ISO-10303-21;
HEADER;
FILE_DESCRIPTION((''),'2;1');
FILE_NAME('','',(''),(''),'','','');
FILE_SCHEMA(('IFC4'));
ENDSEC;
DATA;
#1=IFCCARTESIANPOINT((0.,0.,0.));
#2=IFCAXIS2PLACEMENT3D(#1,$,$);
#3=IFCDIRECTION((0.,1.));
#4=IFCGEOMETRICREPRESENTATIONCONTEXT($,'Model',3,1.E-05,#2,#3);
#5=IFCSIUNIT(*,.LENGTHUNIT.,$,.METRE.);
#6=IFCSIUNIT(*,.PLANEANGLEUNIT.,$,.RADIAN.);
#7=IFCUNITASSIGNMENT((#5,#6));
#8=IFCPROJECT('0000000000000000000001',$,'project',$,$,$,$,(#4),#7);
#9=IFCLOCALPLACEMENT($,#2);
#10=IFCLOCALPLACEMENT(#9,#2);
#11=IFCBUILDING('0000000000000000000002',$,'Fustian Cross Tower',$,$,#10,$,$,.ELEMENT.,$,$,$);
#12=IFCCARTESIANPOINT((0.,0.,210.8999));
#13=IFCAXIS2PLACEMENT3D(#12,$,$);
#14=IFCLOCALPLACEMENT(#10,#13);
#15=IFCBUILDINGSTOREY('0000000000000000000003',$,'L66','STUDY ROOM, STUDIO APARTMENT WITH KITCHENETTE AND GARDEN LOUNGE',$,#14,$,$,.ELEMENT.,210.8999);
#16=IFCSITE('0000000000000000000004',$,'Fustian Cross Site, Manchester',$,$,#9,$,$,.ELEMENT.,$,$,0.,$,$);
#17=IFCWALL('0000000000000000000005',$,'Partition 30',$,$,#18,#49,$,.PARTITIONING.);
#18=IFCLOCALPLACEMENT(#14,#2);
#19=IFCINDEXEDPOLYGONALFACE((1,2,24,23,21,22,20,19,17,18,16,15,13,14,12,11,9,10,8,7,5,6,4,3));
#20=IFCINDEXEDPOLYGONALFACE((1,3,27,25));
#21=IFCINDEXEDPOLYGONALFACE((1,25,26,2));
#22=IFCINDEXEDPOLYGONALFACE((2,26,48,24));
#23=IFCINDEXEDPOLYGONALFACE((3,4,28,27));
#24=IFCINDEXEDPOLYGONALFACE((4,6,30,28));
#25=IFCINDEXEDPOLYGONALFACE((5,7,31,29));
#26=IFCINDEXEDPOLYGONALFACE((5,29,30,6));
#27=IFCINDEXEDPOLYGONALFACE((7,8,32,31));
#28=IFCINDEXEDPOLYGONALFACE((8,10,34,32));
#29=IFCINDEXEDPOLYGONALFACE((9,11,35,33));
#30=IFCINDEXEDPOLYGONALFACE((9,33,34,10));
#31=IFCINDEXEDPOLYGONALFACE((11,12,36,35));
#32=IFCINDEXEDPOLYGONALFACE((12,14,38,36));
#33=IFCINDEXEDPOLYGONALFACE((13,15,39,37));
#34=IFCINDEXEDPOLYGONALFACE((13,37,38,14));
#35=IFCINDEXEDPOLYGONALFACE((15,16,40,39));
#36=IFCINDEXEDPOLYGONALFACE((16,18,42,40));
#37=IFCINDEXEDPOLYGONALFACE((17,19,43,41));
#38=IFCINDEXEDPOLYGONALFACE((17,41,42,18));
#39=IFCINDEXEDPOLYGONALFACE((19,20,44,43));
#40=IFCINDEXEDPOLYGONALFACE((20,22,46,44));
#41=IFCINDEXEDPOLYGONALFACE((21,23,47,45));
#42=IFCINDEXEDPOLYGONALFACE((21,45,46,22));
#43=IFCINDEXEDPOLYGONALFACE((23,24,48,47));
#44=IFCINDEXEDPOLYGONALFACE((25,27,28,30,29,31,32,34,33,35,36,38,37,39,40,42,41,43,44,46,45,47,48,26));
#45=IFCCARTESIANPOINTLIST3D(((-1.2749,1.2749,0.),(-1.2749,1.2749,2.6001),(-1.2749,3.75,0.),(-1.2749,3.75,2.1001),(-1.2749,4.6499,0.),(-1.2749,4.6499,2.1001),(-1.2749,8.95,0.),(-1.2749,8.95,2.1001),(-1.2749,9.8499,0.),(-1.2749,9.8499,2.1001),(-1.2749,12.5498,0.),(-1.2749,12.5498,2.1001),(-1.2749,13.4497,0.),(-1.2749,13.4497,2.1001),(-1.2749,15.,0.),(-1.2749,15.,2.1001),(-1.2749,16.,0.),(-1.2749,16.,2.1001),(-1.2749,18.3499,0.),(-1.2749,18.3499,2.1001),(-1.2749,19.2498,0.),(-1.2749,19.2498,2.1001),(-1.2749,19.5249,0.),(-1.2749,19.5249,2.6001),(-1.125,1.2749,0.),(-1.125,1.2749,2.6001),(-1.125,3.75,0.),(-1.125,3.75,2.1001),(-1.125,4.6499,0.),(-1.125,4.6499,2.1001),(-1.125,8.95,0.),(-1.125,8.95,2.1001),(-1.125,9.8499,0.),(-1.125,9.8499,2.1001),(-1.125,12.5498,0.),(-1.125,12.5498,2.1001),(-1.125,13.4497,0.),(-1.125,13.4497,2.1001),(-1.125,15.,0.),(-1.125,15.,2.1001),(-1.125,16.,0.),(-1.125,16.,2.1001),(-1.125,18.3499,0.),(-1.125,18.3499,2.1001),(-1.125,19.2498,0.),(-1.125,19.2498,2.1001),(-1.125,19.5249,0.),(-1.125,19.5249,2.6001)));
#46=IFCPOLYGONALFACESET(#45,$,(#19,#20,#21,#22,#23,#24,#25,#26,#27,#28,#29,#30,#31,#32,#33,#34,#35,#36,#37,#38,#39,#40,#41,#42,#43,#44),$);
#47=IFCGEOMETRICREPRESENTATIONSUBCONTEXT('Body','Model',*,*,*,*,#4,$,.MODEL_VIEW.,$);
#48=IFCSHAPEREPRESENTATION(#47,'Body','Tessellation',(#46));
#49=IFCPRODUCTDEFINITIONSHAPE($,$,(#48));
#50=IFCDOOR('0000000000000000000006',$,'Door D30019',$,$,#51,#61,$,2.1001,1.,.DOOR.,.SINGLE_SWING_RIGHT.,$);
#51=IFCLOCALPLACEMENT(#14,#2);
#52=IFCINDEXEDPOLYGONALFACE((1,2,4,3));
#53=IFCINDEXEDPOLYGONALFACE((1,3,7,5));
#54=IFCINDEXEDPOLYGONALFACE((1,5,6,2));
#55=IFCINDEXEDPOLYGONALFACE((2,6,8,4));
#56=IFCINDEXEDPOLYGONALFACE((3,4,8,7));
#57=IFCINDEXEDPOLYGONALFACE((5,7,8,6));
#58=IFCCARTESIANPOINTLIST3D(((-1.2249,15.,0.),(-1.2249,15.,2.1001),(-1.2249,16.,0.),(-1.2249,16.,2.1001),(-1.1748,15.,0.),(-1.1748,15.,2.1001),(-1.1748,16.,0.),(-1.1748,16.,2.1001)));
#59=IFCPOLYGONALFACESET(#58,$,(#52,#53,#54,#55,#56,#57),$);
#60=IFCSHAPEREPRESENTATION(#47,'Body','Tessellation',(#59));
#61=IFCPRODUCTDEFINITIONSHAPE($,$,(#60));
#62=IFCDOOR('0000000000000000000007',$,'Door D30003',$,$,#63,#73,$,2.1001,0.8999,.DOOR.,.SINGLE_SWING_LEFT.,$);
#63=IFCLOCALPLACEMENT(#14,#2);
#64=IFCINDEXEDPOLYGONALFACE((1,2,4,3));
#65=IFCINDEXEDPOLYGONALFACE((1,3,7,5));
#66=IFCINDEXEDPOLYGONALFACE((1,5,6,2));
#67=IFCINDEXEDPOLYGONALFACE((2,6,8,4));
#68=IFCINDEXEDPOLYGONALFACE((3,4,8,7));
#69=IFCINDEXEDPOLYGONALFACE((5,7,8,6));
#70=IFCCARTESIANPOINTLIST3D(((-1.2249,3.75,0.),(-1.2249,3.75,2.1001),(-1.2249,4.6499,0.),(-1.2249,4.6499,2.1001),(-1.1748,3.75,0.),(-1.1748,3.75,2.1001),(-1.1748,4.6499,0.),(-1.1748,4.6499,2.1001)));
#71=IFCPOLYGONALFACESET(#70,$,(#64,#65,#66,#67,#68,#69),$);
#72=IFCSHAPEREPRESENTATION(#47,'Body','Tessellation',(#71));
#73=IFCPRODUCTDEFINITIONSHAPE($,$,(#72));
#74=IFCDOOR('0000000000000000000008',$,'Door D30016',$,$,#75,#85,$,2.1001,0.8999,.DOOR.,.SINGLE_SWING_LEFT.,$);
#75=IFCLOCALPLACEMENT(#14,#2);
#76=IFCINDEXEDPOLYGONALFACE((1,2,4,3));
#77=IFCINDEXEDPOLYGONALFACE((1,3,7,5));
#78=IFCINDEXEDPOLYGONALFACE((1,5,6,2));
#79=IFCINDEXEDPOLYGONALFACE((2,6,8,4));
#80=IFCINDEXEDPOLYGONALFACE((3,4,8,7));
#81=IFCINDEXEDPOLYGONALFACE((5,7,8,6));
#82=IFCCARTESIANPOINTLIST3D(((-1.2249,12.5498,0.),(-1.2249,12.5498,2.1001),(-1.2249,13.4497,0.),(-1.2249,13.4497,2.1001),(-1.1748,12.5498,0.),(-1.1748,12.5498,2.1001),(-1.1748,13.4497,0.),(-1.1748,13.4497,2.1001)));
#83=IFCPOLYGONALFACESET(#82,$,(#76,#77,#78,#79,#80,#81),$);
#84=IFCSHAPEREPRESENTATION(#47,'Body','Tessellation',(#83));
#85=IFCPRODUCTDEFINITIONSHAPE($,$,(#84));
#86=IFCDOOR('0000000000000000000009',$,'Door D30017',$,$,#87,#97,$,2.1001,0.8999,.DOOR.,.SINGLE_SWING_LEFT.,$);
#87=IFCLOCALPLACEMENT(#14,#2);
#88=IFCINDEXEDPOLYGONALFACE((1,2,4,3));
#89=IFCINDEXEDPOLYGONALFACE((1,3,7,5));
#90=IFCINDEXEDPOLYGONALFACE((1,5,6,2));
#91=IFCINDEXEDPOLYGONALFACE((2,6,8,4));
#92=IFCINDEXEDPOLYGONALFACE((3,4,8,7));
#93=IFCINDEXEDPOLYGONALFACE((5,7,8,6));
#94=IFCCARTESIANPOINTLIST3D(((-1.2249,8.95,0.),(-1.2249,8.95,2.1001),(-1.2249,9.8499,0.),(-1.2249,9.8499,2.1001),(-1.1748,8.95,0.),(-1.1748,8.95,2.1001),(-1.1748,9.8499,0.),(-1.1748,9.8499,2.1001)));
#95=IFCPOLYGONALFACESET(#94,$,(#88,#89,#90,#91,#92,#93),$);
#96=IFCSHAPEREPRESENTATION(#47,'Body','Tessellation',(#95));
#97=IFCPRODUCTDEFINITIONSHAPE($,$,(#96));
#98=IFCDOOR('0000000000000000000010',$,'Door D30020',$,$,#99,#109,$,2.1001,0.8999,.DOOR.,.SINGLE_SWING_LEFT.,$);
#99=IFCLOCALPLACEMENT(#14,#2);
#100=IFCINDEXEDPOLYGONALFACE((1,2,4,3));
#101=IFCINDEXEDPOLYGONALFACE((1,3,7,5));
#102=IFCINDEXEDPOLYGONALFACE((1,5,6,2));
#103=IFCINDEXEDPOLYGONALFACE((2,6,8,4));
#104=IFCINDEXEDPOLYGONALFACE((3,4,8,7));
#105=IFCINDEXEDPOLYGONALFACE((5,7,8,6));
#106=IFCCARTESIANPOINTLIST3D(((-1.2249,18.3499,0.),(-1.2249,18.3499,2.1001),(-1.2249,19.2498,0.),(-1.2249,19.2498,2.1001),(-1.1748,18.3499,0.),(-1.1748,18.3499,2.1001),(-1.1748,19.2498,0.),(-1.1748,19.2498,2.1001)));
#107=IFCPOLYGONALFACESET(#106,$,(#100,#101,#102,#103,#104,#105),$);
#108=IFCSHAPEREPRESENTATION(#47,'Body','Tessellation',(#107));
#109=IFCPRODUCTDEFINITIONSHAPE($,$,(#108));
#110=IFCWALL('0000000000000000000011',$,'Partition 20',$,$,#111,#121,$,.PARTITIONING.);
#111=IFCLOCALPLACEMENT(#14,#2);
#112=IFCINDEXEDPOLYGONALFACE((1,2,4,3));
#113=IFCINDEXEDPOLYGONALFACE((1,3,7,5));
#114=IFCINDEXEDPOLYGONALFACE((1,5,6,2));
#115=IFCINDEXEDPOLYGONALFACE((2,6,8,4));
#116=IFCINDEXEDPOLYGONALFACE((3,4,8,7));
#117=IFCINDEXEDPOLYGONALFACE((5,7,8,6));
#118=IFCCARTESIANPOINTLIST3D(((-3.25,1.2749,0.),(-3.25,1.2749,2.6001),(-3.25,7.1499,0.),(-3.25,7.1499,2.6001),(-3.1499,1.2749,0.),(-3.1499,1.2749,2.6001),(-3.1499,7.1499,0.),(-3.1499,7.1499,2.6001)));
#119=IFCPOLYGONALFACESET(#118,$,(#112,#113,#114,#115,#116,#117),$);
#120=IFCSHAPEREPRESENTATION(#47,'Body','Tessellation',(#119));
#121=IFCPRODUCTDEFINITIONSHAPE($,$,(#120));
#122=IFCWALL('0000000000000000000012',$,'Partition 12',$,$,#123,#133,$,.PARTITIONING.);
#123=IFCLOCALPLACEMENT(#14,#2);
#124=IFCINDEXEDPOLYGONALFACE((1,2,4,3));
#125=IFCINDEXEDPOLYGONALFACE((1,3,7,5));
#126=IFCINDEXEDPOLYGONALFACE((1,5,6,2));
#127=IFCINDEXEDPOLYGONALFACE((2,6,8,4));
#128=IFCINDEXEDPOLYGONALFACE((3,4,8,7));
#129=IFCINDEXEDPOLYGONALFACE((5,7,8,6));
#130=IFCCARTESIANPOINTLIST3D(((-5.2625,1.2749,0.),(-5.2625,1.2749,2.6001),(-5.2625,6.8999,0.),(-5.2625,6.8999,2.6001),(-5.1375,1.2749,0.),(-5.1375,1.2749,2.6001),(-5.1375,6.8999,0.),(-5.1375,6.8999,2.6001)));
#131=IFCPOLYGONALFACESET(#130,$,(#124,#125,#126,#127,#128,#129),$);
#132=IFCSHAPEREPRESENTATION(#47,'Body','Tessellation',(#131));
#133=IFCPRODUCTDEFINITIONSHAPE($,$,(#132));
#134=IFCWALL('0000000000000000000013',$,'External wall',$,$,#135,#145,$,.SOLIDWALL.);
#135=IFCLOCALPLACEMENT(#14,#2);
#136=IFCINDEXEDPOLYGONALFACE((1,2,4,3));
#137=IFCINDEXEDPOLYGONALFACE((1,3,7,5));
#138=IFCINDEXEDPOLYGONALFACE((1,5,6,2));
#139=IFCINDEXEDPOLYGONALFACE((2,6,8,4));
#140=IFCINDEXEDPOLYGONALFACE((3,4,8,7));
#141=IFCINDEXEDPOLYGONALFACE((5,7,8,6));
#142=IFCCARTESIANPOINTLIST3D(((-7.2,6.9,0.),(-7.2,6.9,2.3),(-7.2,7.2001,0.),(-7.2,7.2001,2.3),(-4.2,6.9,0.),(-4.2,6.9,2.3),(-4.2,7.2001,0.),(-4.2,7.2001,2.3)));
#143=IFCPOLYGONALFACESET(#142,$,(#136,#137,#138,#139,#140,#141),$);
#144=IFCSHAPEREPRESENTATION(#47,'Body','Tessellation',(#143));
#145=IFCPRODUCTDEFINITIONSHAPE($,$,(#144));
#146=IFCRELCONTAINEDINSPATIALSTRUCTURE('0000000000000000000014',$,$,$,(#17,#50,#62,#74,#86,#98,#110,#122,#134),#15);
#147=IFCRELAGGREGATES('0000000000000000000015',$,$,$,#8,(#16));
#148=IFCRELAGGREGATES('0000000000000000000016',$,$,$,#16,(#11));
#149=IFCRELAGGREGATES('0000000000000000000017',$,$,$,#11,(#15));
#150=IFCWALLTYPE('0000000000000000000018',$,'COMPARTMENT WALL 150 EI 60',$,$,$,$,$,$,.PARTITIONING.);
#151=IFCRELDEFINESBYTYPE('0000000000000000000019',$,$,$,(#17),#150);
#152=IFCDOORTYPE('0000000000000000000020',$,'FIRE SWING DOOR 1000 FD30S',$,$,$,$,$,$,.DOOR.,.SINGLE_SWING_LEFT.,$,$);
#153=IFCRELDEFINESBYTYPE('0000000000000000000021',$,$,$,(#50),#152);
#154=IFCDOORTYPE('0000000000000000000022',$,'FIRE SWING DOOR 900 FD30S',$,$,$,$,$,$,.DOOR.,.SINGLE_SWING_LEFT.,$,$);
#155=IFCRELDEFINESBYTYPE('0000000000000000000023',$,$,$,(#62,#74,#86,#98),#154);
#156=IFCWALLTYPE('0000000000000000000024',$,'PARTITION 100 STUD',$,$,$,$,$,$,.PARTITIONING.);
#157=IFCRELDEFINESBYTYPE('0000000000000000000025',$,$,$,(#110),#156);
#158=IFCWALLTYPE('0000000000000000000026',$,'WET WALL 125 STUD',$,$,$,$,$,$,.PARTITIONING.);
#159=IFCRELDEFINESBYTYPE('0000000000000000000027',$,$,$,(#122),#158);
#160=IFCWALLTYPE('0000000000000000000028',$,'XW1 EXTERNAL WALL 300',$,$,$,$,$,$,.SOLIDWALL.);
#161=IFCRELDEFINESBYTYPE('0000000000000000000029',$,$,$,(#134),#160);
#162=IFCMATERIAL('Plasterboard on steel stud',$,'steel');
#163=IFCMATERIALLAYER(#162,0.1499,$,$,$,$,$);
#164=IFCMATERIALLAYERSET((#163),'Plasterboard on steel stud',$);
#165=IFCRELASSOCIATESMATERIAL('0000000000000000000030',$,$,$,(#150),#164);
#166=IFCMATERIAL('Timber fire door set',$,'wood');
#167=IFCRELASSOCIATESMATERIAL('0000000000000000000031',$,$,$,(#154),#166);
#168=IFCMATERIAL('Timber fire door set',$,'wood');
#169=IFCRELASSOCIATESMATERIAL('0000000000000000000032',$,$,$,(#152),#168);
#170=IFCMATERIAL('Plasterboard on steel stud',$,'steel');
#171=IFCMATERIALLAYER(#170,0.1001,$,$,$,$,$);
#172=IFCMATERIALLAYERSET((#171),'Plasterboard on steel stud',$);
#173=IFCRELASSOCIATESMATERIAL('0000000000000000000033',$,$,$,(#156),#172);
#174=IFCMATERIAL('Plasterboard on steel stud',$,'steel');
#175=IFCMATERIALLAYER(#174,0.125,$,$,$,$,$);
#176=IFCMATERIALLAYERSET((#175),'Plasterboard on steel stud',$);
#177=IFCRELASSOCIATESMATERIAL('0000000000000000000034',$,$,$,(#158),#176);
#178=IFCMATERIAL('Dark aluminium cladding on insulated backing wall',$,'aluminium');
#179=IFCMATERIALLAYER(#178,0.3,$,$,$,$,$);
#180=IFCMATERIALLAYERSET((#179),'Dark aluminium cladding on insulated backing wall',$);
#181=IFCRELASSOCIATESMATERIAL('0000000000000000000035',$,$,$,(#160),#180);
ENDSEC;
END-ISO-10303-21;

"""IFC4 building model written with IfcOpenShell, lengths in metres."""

from ifc_helpers import new_model, si_unit, direction, frame, frame_2d, origin, place, context, subcontext, project, spatial, rectangle, extrude, material, layer, layer_set, type_object, element, fill, save


model = new_model("IFC4")

# Units and contexts
model_context = context("Model", 3, precision=1e-05, world=origin(), true_north=direction((0.0, 1.0)))
body_context = subcontext(model_context, "Body", "Model", "MODEL_VIEW")
ifc_project = project(units=[si_unit("LENGTHUNIT", "METRE"), si_unit("PLANEANGLEUNIT", "RADIAN")], contexts=[model_context])

# Site, building, storey
site_placement = place(None, origin())
site = spatial("IfcSite", under=ifc_project, at=site_placement, Name="Fustian Cross Site, Manchester", CompositionType="ELEMENT", RefElevation=0.0)
building_placement = place(site_placement, origin())
building = spatial("IfcBuilding", under=site, at=building_placement, Name="Fustian Cross Tower", CompositionType="ELEMENT")
storey_placement = place(building_placement, frame((0.0, 0.0, 210.8999)))
storey = spatial("IfcBuildingStorey", under=building, at=storey_placement, Name="L66", Description="STUDY ROOM, STUDIO APARTMENT WITH KITCHENETTE AND GARDEN LOUNGE", CompositionType="ELEMENT", Elevation=210.8999)

# Wall, openings, doors
ifc_material_1 = material(Name="Plasterboard on steel stud", Category="steel")
ifc_layer_1 = layer(ifc_material_1, 0.1499)
ifc_layer_set_1 = layer_set([ifc_layer_1], Name="Plasterboard on steel stud")
wall_type_1 = type_object("IfcWallType", Name="COMPARTMENT WALL 150 EI 60", PredefinedType="PARTITIONING", material=ifc_layer_set_1)
ifc_material_2 = material(Name="Timber fire door set", Category="wood")
door_type_1 = type_object("IfcDoorType", Name="FIRE SWING DOOR 900 FD30S", OperationType="SINGLE_SWING_LEFT", PredefinedType="DOOR", material=ifc_material_2)
wall_1_placement = place(storey_placement, frame((-1.2, 1.2749, 0.0), z_axis=(0.0, 0.0, 1.0), x_axis=(0.0, 1.0, 0.0)))
wall_1 = element("IfcWall", 1, at=wall_1_placement, inside=storey, type_object=wall_type_1, Name="Partition 30", PredefinedType="PARTITIONING", context=body_context, shape_type="SweptSolid", body=[
    extrude(rectangle(XDim=18.25, YDim=0.1499, at=frame_2d((9.125, 0.0))), origin(), (0.0, 0.0, 1.0), 2.6001),
])
opening_1_placement = place(wall_1_placement, frame((2.4751, 0.0, 0.0)))
opening_1 = element("IfcOpeningElement", 2, at=opening_1_placement, cuts=wall_1, PredefinedType="OPENING", context=body_context, shape_type="SweptSolid", body=[
    extrude(rectangle(XDim=0.8999, YDim=2.1001, at=frame_2d((0.45, 1.05))), frame((0.0, 0.085, 0.0), z_axis=(0.0, -1.0, 0.0), x_axis=(1.0, 0.0, 0.0)), (0.0, 0.0, 1.0), 0.1699),
])
opening_2_placement = place(wall_1_placement, frame((11.2749, 0.0, 0.0)))
opening_2 = element("IfcOpeningElement", 3, at=opening_2_placement, cuts=wall_1, PredefinedType="OPENING", context=body_context, shape_type="SweptSolid", body=[
    extrude(rectangle(XDim=0.8999, YDim=2.1001, at=frame_2d((0.45, 1.05))), frame((0.0, 0.085, 0.0), z_axis=(0.0, -1.0, 0.0), x_axis=(1.0, 0.0, 0.0)), (0.0, 0.0, 1.0), 0.1699),
])
opening_3_placement = place(wall_1_placement, frame((7.675, 0.0, 0.0)))
opening_3 = element("IfcOpeningElement", 4, at=opening_3_placement, cuts=wall_1, PredefinedType="OPENING", context=body_context, shape_type="SweptSolid", body=[
    extrude(rectangle(XDim=0.8999, YDim=2.1001, at=frame_2d((0.45, 1.05))), frame((0.0, 0.085, 0.0), z_axis=(0.0, -1.0, 0.0), x_axis=(1.0, 0.0, 0.0)), (0.0, 0.0, 1.0), 0.1699),
])
opening_4_placement = place(wall_1_placement, frame((13.7251, 0.0, 0.0)))
opening_4 = element("IfcOpeningElement", 5, at=opening_4_placement, cuts=wall_1, PredefinedType="OPENING", context=body_context, shape_type="SweptSolid", body=[
    extrude(rectangle(XDim=1.0, YDim=2.1001, at=frame_2d((0.5, 1.05))), frame((0.0, 0.085, 0.0), z_axis=(0.0, -1.0, 0.0), x_axis=(1.0, 0.0, 0.0)), (0.0, 0.0, 1.0), 0.1699),
])
opening_5_placement = place(wall_1_placement, frame((17.075, 0.0, 0.0)))
opening_5 = element("IfcOpeningElement", 6, at=opening_5_placement, cuts=wall_1, PredefinedType="OPENING", context=body_context, shape_type="SweptSolid", body=[
    extrude(rectangle(XDim=0.8999, YDim=2.1001, at=frame_2d((0.45, 1.05))), frame((0.0, 0.085, 0.0), z_axis=(0.0, -1.0, 0.0), x_axis=(1.0, 0.0, 0.0)), (0.0, 0.0, 1.0), 0.1699),
])
ifc_material_3 = material(Name="Timber fire door set", Category="wood")
door_type_2 = type_object("IfcDoorType", Name="FIRE SWING DOOR 1000 FD30S", OperationType="SINGLE_SWING_LEFT", PredefinedType="DOOR", material=ifc_material_3)
door_1_placement = place(opening_4_placement, origin())
door_1 = element("IfcDoor", 7, at=door_1_placement, inside=storey, type_object=door_type_2, Name="Door D30019", OperationType="SINGLE_SWING_RIGHT", OverallHeight=2.1001, OverallWidth=1.0, PredefinedType="DOOR", context=body_context, shape_type="SweptSolid", body=[
    extrude(rectangle(XDim=1.0, YDim=2.1001, at=frame_2d((0.5, 1.05))), frame((0.0, 0.0249, 0.0), z_axis=(0.0, -1.0, 0.0), x_axis=(1.0, 0.0, 0.0)), (0.0, 0.0, 1.0), 0.05),
])
fill(opening_4, door_1)
door_2_placement = place(opening_1_placement, origin())
door_2 = element("IfcDoor", 8, at=door_2_placement, inside=storey, type_object=door_type_1, Name="Door D30003", OperationType="SINGLE_SWING_LEFT", OverallHeight=2.1001, OverallWidth=0.8999, PredefinedType="DOOR", context=body_context, shape_type="SweptSolid", body=[
    extrude(rectangle(XDim=0.8999, YDim=2.1001, at=frame_2d((0.45, 1.05))), frame((0.0, 0.0249, 0.0), z_axis=(0.0, -1.0, 0.0), x_axis=(1.0, 0.0, 0.0)), (0.0, 0.0, 1.0), 0.05),
])
fill(opening_1, door_2)
door_3_placement = place(opening_2_placement, origin())
door_3 = element("IfcDoor", 9, at=door_3_placement, inside=storey, type_object=door_type_1, Name="Door D30016", OperationType="SINGLE_SWING_LEFT", OverallHeight=2.1001, OverallWidth=0.8999, PredefinedType="DOOR", context=body_context, shape_type="SweptSolid", body=[
    extrude(rectangle(XDim=0.8999, YDim=2.1001, at=frame_2d((0.45, 1.05))), frame((0.0, 0.0249, 0.0), z_axis=(0.0, -1.0, 0.0), x_axis=(1.0, 0.0, 0.0)), (0.0, 0.0, 1.0), 0.05),
])
fill(opening_2, door_3)
door_4_placement = place(opening_3_placement, origin())
door_4 = element("IfcDoor", 10, at=door_4_placement, inside=storey, type_object=door_type_1, Name="Door D30017", OperationType="SINGLE_SWING_LEFT", OverallHeight=2.1001, OverallWidth=0.8999, PredefinedType="DOOR", context=body_context, shape_type="SweptSolid", body=[
    extrude(rectangle(XDim=0.8999, YDim=2.1001, at=frame_2d((0.45, 1.05))), frame((0.0, 0.0249, 0.0), z_axis=(0.0, -1.0, 0.0), x_axis=(1.0, 0.0, 0.0)), (0.0, 0.0, 1.0), 0.05),
])
fill(opening_3, door_4)
door_5_placement = place(opening_5_placement, origin())
door_5 = element("IfcDoor", 11, at=door_5_placement, inside=storey, type_object=door_type_1, Name="Door D30020", OperationType="SINGLE_SWING_LEFT", OverallHeight=2.1001, OverallWidth=0.8999, PredefinedType="DOOR", context=body_context, shape_type="SweptSolid", body=[
    extrude(rectangle(XDim=0.8999, YDim=2.1001, at=frame_2d((0.45, 1.05))), frame((0.0, 0.0249, 0.0), z_axis=(0.0, -1.0, 0.0), x_axis=(1.0, 0.0, 0.0)), (0.0, 0.0, 1.0), 0.05),
])
fill(opening_5, door_5)

# Walls
ifc_material_4 = material(Name="Plasterboard on steel stud", Category="steel")
ifc_layer_2 = layer(ifc_material_4, 0.1001)
ifc_layer_set_2 = layer_set([ifc_layer_2], Name="Plasterboard on steel stud")
wall_type_2 = type_object("IfcWallType", Name="PARTITION 100 STUD", PredefinedType="PARTITIONING", material=ifc_layer_set_2)
wall_2_placement = place(storey_placement, frame((-3.2, 1.2749, 0.0), z_axis=(0.0, 0.0, 1.0), x_axis=(0.0, 1.0, 0.0)))
element("IfcWall", 12, at=wall_2_placement, inside=storey, type_object=wall_type_2, Name="Partition 20", PredefinedType="PARTITIONING", context=body_context, shape_type="SweptSolid", body=[
    extrude(rectangle(XDim=5.875, YDim=0.1001, at=frame_2d((2.9375, 0.0))), origin(), (0.0, 0.0, 1.0), 2.6001),
])
ifc_material_5 = material(Name="Plasterboard on steel stud", Category="steel")
ifc_layer_3 = layer(ifc_material_5, 0.125)
ifc_layer_set_3 = layer_set([ifc_layer_3], Name="Plasterboard on steel stud")
wall_type_3 = type_object("IfcWallType", Name="WET WALL 125 STUD", PredefinedType="PARTITIONING", material=ifc_layer_set_3)
wall_3_placement = place(storey_placement, frame((-5.2, 1.2749, 0.0), z_axis=(0.0, 0.0, 1.0), x_axis=(0.0, 1.0, 0.0)))
element("IfcWall", 13, at=wall_3_placement, inside=storey, type_object=wall_type_3, Name="Partition 12", PredefinedType="PARTITIONING", context=body_context, shape_type="SweptSolid", body=[
    extrude(rectangle(XDim=5.625, YDim=0.125, at=frame_2d((2.8125, 0.0))), origin(), (0.0, 0.0, 1.0), 2.6001),
])
ifc_material_6 = material(Name="Dark aluminium cladding on insulated backing wall", Category="aluminium")
ifc_layer_4 = layer(ifc_material_6, 0.3)
ifc_layer_set_4 = layer_set([ifc_layer_4], Name="Dark aluminium cladding on insulated backing wall")
wall_type_4 = type_object("IfcWallType", Name="XW1 EXTERNAL WALL 300", PredefinedType="SOLIDWALL", material=ifc_layer_set_4)
wall_4_placement = place(storey_placement, frame((-4.2, 7.05, 0.0), z_axis=(0.0, 0.0, 1.0), x_axis=(-1.0, 0.0, 0.0)))
element("IfcWall", 14, at=wall_4_placement, inside=storey, type_object=wall_type_4, Name="External wall", PredefinedType="SOLIDWALL", context=body_context, shape_type="SweptSolid", body=[
    extrude(rectangle(XDim=3.0, YDim=0.3, at=frame_2d((1.5, 0.0))), origin(), (0.0, 0.0, 1.0), 2.3),
])

save(model, "model.ifc")
